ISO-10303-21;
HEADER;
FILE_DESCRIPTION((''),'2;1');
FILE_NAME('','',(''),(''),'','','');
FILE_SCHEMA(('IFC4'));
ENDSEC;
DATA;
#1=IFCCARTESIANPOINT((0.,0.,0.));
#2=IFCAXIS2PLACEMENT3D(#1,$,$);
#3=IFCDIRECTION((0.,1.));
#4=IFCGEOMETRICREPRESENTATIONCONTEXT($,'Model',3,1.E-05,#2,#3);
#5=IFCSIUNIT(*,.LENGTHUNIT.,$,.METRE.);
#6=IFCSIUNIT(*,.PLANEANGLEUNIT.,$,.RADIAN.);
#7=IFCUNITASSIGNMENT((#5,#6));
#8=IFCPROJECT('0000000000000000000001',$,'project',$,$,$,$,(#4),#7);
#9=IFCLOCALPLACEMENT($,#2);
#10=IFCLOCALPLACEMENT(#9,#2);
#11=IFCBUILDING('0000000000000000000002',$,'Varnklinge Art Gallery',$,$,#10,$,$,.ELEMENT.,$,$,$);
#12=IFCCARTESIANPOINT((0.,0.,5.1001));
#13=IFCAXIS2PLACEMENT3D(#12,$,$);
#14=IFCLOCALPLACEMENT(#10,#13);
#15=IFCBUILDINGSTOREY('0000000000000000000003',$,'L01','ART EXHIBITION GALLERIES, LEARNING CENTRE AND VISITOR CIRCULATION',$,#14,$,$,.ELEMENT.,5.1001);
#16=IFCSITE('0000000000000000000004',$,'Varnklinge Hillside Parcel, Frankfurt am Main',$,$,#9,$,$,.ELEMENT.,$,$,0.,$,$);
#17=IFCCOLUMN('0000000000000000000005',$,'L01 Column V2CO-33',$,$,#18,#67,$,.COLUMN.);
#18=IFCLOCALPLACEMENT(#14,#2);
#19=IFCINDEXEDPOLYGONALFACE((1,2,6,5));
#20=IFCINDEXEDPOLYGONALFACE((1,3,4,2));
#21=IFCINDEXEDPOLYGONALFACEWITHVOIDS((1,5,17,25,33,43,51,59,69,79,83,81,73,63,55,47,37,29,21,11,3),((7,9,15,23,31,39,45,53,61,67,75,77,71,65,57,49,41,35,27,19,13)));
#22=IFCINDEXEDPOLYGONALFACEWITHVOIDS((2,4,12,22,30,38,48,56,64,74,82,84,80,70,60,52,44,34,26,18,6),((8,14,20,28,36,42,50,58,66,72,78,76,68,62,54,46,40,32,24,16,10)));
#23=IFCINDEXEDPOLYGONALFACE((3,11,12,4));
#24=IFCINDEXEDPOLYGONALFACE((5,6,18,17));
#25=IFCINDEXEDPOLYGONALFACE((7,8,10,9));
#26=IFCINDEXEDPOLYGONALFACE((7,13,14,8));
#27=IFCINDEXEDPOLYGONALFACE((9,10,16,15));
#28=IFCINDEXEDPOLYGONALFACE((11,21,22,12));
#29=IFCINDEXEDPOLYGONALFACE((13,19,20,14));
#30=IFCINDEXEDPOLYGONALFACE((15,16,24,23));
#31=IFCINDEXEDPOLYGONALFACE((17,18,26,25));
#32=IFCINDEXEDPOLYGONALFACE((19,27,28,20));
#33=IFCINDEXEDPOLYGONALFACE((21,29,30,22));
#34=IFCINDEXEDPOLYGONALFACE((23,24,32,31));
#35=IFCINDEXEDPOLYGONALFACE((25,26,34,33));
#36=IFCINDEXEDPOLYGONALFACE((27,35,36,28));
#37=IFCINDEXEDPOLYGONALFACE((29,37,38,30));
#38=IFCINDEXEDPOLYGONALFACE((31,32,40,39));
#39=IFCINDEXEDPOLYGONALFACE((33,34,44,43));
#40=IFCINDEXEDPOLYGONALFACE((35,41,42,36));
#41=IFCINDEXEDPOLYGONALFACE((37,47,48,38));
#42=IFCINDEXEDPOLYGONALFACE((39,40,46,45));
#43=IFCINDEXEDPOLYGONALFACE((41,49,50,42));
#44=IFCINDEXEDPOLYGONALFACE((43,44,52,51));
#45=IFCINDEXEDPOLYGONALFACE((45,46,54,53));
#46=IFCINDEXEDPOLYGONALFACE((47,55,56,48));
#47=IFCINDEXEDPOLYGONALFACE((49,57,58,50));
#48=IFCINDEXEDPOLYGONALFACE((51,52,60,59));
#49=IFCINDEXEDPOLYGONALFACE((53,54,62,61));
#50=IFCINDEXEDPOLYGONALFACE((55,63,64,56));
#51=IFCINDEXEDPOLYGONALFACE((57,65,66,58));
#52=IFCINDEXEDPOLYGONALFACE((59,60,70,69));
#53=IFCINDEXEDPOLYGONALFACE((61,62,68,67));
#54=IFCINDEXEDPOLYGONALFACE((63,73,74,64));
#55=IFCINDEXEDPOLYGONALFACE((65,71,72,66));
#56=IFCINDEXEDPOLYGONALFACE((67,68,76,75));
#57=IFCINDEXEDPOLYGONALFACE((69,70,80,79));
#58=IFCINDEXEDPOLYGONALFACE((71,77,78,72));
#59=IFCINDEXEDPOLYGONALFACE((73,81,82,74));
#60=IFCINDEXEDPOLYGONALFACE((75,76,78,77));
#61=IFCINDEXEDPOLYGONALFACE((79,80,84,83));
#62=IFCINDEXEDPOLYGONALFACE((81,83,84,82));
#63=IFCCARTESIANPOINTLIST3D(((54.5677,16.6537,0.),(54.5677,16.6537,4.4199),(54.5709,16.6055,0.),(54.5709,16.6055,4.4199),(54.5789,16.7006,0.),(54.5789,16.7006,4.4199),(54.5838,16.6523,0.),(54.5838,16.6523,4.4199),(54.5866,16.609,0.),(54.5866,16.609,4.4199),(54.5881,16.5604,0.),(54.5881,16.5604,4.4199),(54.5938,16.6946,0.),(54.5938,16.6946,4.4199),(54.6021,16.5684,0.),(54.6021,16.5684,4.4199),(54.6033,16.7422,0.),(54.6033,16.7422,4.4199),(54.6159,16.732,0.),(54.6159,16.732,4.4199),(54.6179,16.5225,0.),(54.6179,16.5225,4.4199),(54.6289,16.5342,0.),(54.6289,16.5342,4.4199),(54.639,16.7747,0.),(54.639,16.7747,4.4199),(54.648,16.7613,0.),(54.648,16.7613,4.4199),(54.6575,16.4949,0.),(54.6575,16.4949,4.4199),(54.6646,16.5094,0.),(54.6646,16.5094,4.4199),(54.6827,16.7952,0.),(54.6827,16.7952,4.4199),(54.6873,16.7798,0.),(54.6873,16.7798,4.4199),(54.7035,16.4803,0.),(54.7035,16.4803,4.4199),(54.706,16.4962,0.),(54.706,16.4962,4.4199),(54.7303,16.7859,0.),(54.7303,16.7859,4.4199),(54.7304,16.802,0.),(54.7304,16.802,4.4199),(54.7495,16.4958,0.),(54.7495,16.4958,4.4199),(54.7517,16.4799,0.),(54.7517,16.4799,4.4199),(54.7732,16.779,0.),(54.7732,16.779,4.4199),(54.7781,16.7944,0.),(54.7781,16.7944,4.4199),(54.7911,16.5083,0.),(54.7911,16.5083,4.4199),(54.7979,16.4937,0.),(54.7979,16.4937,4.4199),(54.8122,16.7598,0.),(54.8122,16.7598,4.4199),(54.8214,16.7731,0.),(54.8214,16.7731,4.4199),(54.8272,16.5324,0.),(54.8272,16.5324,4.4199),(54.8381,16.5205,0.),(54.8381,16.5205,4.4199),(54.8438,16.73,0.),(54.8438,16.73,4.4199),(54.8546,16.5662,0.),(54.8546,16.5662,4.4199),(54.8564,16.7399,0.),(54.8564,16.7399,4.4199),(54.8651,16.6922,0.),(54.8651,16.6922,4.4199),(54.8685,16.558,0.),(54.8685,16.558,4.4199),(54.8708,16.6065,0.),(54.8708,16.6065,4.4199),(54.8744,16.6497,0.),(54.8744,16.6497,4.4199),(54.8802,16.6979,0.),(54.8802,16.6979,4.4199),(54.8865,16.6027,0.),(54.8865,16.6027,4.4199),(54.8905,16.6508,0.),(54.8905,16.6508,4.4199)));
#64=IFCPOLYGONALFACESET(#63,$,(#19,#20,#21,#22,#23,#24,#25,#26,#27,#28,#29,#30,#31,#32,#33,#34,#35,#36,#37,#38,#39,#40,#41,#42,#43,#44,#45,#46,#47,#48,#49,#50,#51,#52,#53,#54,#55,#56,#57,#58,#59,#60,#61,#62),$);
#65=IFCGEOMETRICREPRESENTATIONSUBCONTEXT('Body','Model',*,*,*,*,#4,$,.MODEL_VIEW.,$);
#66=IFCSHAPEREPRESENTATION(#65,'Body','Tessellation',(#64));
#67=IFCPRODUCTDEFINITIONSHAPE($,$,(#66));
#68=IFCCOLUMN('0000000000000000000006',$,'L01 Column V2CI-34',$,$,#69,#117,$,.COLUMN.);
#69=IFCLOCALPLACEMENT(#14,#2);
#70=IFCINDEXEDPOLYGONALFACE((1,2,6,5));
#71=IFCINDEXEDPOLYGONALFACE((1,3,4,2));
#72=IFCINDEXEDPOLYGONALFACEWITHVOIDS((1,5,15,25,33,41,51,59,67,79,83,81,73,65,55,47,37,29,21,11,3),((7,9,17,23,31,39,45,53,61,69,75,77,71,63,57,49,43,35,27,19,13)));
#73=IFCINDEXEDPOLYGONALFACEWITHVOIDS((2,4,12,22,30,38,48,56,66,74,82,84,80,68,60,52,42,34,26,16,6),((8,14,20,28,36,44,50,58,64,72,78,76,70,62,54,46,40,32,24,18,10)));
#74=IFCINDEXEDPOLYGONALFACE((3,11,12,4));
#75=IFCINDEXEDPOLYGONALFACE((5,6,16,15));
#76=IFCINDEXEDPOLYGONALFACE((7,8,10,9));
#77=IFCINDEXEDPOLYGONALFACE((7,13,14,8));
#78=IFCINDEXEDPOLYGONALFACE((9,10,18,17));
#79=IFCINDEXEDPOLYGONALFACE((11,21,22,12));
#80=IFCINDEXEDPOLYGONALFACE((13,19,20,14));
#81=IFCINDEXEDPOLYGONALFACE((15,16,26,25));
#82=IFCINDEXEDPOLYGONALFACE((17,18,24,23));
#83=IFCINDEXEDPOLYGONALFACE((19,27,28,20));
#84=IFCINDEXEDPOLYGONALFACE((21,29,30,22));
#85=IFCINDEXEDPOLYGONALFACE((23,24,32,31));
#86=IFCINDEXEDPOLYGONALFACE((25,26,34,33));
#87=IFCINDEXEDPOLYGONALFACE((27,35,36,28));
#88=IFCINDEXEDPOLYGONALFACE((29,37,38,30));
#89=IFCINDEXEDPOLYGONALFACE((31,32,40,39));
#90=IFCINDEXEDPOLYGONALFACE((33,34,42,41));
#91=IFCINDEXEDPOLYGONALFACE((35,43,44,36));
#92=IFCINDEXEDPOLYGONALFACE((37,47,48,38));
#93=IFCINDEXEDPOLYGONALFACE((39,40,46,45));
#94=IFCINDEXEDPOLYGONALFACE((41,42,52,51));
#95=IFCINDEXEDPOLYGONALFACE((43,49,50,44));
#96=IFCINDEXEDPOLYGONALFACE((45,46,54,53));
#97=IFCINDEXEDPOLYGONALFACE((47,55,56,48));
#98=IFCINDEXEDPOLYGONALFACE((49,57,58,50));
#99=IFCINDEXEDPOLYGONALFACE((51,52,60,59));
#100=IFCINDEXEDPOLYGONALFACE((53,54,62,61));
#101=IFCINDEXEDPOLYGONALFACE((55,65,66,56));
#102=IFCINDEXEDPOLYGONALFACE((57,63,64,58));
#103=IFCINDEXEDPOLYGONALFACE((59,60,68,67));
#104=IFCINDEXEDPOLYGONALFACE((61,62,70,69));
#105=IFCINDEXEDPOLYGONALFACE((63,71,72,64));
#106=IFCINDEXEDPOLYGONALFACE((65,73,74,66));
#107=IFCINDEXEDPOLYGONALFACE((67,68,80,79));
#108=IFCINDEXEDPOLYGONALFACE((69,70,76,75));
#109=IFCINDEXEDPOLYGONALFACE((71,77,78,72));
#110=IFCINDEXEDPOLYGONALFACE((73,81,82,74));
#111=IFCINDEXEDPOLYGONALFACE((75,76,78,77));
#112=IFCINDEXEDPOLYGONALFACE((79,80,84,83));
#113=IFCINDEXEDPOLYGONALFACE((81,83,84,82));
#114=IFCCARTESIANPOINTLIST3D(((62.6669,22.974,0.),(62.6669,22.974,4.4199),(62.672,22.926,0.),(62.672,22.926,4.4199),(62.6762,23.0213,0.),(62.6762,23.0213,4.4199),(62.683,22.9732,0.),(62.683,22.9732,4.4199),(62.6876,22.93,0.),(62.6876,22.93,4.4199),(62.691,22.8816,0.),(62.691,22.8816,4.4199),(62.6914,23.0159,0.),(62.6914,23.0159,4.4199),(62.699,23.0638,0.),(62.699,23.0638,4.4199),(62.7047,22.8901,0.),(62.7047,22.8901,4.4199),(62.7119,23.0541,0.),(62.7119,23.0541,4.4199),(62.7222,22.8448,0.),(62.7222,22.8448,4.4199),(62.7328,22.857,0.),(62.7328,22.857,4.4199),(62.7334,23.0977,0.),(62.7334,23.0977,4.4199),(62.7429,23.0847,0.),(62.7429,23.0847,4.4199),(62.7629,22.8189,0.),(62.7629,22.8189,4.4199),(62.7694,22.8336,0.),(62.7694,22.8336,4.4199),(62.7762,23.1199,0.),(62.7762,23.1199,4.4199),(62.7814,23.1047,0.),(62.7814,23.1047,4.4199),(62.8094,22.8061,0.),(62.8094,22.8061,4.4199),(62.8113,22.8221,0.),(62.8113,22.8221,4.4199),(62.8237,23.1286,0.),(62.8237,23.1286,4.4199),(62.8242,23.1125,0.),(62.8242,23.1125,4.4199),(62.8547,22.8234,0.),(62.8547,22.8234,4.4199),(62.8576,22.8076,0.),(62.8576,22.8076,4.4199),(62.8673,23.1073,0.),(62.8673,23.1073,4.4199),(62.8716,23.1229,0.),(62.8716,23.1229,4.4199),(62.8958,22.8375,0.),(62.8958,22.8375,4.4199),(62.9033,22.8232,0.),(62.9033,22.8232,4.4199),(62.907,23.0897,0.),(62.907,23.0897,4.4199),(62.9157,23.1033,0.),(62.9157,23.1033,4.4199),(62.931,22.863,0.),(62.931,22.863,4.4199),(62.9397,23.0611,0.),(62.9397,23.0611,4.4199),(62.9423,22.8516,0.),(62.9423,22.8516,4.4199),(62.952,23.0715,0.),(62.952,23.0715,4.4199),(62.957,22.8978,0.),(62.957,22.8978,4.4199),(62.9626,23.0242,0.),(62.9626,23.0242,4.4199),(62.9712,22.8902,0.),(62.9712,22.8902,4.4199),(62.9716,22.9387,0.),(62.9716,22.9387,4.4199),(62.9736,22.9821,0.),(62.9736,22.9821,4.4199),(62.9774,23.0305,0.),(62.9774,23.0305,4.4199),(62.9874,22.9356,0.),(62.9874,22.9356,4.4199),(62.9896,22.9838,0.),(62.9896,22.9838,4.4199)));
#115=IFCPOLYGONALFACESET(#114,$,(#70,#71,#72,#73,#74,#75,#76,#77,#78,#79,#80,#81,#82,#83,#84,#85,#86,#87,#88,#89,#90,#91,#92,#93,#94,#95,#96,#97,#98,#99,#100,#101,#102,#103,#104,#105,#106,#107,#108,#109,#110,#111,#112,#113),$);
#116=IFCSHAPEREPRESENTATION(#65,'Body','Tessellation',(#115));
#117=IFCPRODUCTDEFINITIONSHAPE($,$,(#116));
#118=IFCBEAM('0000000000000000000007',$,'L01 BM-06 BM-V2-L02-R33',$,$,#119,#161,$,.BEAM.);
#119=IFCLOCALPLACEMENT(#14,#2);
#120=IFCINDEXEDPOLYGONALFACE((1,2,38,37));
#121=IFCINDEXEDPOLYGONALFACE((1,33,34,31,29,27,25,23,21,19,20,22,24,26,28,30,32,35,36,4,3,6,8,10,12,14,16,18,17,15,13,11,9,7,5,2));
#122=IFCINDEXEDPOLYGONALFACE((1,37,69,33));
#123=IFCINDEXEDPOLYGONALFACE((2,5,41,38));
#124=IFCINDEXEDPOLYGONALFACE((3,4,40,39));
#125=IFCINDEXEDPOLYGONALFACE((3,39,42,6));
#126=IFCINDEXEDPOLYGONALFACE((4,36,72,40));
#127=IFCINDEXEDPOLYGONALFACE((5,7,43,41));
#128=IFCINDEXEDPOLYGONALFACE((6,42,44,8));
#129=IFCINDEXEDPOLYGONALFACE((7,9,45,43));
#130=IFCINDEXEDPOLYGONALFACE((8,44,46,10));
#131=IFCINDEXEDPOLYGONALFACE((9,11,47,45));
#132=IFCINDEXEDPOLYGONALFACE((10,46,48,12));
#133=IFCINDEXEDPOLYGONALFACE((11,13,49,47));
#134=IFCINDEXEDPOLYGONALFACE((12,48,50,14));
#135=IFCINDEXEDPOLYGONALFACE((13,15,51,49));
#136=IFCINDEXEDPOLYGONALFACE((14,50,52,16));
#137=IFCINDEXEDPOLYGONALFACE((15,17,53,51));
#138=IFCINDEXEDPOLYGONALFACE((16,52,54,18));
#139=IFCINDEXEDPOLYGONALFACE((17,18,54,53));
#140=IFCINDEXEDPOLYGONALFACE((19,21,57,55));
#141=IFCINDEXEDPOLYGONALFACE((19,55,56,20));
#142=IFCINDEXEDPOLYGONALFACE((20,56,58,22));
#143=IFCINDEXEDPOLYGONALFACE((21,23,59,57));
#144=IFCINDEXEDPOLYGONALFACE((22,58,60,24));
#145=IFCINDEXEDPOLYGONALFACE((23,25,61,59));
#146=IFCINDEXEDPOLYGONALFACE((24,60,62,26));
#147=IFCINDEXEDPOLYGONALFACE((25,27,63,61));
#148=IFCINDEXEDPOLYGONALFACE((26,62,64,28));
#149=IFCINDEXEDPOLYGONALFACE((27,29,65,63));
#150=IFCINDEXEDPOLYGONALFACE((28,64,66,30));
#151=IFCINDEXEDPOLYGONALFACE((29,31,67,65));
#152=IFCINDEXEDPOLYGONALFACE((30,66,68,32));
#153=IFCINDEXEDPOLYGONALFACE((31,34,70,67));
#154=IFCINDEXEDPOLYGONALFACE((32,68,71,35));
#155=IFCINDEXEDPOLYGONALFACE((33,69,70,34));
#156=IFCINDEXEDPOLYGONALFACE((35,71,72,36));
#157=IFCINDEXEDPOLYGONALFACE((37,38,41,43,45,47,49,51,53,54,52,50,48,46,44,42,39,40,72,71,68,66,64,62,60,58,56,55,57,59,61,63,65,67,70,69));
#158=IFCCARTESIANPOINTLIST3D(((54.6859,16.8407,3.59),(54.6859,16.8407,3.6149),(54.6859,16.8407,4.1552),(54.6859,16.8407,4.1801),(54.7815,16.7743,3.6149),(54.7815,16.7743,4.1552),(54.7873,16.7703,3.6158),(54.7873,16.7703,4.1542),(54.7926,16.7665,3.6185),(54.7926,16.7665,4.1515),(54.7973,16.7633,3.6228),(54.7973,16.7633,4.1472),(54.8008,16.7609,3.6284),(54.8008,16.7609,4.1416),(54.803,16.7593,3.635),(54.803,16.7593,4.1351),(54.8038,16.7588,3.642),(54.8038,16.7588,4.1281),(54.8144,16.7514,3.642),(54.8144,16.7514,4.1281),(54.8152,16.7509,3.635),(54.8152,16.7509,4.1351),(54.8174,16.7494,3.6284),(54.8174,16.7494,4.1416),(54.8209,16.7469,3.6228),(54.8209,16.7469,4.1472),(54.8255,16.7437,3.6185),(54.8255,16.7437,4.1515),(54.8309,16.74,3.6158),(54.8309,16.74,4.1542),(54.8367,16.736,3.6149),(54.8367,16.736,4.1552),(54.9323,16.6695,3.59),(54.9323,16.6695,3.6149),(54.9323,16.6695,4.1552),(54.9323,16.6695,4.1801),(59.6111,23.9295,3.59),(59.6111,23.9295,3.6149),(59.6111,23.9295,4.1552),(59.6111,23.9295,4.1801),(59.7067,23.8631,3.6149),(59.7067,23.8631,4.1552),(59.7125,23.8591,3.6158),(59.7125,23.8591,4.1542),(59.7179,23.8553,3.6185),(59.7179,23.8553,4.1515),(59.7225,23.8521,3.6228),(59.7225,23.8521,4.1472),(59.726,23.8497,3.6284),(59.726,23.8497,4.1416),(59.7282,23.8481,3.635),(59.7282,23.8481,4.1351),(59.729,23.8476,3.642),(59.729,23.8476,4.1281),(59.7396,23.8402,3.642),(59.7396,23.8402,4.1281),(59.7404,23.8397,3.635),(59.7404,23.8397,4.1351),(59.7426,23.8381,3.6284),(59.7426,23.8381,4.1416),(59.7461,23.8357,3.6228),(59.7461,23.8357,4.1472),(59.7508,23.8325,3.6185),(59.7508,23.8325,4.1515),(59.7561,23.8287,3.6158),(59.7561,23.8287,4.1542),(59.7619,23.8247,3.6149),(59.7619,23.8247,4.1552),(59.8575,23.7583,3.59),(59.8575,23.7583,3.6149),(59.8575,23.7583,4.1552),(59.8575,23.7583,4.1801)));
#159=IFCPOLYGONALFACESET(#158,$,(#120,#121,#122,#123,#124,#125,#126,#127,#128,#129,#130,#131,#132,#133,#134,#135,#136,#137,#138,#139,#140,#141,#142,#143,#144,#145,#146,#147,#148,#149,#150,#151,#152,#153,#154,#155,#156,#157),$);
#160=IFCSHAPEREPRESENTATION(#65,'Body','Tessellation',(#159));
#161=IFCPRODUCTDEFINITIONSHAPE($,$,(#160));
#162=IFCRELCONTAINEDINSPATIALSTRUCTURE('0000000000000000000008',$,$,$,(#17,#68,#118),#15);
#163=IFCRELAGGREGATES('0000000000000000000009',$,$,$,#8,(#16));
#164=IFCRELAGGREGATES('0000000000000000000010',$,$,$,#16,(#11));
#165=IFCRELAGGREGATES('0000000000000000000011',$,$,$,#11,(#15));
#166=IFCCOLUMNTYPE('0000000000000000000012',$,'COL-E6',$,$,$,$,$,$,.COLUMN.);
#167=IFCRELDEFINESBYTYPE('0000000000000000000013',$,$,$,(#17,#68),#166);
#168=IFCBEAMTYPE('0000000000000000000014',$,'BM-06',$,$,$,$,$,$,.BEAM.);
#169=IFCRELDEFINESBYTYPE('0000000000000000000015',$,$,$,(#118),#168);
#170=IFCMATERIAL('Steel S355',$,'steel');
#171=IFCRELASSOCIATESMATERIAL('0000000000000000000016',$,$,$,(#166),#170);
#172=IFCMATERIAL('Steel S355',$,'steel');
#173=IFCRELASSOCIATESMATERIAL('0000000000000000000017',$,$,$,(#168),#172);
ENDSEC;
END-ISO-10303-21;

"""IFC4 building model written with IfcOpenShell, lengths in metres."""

from ifc_helpers import new_model, si_unit, direction, frame, origin, origin_2d, place, context, subcontext, project, spatial, hollow_circle, i_section, extrude, material, material_profile, profile_set, type_object, element, save


model = new_model("IFC4")

# Units and contexts
model_context = context("Model", 3, precision=1e-05, world=origin(), true_north=direction((0.0, 1.0)))
body_context = subcontext(model_context, "Body", "Model", "MODEL_VIEW")
ifc_project = project(units=[si_unit("LENGTHUNIT", "METRE"), si_unit("PLANEANGLEUNIT", "RADIAN")], contexts=[model_context])

# Site, building, storey
site_placement = place(None, origin())
site = spatial("IfcSite", under=ifc_project, at=site_placement, Name="Varnklinge Hillside Parcel, Frankfurt am Main", CompositionType="ELEMENT", RefElevation=0.0)
building_placement = place(site_placement, origin())
building = spatial("IfcBuilding", under=site, at=building_placement, Name="Varnklinge Art Gallery", CompositionType="ELEMENT")
storey_placement = place(building_placement, frame((0.0, 0.0, 5.1001)))
storey = spatial("IfcBuildingStorey", under=building, at=storey_placement, Name="L01", Description="ART EXHIBITION GALLERIES, LEARNING CENTRE AND VISITOR CIRCULATION", CompositionType="ELEMENT", Elevation=5.1001)

# Columns
ifc_material_1 = material(Name="Steel S355", Category="steel")
ifc_material_profile_1 = material_profile(ifc_material_1, hollow_circle(Radius=0.1619, WallThickness=0.0161, at=origin_2d()), Name="CHS 323.9x16")
ifc_profile_set_1 = profile_set([ifc_material_profile_1], Name="Steel S355")
column_type = type_object("IfcColumnType", Name="COL-E6", PredefinedType="COLUMN", material=ifc_profile_set_1)
for number, where, z_axis, x_axis, name in (
    (1, (54.729, 16.6401, 0.0), (0.0, 0.0, 1.0), (0.57057, 0.821249, 0.0), "L01 Column V2CO-33"),
    (2, (62.8286, 22.9668, 0.0), (0.0, 0.0, 1.0), (0.265388, 0.964142, 0.0), "L01 Column V2CI-34"),
):
    element("IfcColumn", number, at=place(storey_placement, frame(where, z_axis=z_axis, x_axis=x_axis)), inside=storey, type_object=column_type, Name=name, PredefinedType="COLUMN", context=body_context, shape_type="SweptSolid", body=[
        extrude(hollow_circle(Radius=0.1619, WallThickness=0.0161, at=origin_2d()), origin(), (0.0, 0.0, 1.0), 4.4199),
    ])

# Beam
ifc_material_2 = material(Name="Steel S355", Category="steel")
ifc_material_profile_2 = material_profile(ifc_material_2, i_section(OverallWidth=0.3, OverallDepth=0.5901, WebThickness=0.0129, FlangeThickness=0.0249, FilletRadius=0.0271, at=origin_2d()), Name="HEA 600")
ifc_profile_set_2 = profile_set([ifc_material_profile_2], Name="Steel S355")
beam_type_1 = type_object("IfcBeamType", Name="BM-06", PredefinedType="BEAM", material=ifc_profile_set_2)
beam_1_placement = place(storey_placement, frame((54.8091, 16.7551, 3.885), z_axis=(0.570589, 0.821236, 0.0), x_axis=(-0.821236, 0.570589, 0.0)))
element("IfcBeam", 3, at=beam_1_placement, inside=storey, type_object=beam_type_1, Name="L01 BM-06 BM-V2-L02-R33", PredefinedType="BEAM", context=body_context, shape_type="SweptSolid", body=[
    extrude(i_section(OverallWidth=0.3, OverallDepth=0.5901, WebThickness=0.0129, FlangeThickness=0.0249, FilletRadius=0.0271, at=origin_2d()), origin(), (0.0, 0.0, 1.0), 8.6318),
])

save(model, "model.ifc")
